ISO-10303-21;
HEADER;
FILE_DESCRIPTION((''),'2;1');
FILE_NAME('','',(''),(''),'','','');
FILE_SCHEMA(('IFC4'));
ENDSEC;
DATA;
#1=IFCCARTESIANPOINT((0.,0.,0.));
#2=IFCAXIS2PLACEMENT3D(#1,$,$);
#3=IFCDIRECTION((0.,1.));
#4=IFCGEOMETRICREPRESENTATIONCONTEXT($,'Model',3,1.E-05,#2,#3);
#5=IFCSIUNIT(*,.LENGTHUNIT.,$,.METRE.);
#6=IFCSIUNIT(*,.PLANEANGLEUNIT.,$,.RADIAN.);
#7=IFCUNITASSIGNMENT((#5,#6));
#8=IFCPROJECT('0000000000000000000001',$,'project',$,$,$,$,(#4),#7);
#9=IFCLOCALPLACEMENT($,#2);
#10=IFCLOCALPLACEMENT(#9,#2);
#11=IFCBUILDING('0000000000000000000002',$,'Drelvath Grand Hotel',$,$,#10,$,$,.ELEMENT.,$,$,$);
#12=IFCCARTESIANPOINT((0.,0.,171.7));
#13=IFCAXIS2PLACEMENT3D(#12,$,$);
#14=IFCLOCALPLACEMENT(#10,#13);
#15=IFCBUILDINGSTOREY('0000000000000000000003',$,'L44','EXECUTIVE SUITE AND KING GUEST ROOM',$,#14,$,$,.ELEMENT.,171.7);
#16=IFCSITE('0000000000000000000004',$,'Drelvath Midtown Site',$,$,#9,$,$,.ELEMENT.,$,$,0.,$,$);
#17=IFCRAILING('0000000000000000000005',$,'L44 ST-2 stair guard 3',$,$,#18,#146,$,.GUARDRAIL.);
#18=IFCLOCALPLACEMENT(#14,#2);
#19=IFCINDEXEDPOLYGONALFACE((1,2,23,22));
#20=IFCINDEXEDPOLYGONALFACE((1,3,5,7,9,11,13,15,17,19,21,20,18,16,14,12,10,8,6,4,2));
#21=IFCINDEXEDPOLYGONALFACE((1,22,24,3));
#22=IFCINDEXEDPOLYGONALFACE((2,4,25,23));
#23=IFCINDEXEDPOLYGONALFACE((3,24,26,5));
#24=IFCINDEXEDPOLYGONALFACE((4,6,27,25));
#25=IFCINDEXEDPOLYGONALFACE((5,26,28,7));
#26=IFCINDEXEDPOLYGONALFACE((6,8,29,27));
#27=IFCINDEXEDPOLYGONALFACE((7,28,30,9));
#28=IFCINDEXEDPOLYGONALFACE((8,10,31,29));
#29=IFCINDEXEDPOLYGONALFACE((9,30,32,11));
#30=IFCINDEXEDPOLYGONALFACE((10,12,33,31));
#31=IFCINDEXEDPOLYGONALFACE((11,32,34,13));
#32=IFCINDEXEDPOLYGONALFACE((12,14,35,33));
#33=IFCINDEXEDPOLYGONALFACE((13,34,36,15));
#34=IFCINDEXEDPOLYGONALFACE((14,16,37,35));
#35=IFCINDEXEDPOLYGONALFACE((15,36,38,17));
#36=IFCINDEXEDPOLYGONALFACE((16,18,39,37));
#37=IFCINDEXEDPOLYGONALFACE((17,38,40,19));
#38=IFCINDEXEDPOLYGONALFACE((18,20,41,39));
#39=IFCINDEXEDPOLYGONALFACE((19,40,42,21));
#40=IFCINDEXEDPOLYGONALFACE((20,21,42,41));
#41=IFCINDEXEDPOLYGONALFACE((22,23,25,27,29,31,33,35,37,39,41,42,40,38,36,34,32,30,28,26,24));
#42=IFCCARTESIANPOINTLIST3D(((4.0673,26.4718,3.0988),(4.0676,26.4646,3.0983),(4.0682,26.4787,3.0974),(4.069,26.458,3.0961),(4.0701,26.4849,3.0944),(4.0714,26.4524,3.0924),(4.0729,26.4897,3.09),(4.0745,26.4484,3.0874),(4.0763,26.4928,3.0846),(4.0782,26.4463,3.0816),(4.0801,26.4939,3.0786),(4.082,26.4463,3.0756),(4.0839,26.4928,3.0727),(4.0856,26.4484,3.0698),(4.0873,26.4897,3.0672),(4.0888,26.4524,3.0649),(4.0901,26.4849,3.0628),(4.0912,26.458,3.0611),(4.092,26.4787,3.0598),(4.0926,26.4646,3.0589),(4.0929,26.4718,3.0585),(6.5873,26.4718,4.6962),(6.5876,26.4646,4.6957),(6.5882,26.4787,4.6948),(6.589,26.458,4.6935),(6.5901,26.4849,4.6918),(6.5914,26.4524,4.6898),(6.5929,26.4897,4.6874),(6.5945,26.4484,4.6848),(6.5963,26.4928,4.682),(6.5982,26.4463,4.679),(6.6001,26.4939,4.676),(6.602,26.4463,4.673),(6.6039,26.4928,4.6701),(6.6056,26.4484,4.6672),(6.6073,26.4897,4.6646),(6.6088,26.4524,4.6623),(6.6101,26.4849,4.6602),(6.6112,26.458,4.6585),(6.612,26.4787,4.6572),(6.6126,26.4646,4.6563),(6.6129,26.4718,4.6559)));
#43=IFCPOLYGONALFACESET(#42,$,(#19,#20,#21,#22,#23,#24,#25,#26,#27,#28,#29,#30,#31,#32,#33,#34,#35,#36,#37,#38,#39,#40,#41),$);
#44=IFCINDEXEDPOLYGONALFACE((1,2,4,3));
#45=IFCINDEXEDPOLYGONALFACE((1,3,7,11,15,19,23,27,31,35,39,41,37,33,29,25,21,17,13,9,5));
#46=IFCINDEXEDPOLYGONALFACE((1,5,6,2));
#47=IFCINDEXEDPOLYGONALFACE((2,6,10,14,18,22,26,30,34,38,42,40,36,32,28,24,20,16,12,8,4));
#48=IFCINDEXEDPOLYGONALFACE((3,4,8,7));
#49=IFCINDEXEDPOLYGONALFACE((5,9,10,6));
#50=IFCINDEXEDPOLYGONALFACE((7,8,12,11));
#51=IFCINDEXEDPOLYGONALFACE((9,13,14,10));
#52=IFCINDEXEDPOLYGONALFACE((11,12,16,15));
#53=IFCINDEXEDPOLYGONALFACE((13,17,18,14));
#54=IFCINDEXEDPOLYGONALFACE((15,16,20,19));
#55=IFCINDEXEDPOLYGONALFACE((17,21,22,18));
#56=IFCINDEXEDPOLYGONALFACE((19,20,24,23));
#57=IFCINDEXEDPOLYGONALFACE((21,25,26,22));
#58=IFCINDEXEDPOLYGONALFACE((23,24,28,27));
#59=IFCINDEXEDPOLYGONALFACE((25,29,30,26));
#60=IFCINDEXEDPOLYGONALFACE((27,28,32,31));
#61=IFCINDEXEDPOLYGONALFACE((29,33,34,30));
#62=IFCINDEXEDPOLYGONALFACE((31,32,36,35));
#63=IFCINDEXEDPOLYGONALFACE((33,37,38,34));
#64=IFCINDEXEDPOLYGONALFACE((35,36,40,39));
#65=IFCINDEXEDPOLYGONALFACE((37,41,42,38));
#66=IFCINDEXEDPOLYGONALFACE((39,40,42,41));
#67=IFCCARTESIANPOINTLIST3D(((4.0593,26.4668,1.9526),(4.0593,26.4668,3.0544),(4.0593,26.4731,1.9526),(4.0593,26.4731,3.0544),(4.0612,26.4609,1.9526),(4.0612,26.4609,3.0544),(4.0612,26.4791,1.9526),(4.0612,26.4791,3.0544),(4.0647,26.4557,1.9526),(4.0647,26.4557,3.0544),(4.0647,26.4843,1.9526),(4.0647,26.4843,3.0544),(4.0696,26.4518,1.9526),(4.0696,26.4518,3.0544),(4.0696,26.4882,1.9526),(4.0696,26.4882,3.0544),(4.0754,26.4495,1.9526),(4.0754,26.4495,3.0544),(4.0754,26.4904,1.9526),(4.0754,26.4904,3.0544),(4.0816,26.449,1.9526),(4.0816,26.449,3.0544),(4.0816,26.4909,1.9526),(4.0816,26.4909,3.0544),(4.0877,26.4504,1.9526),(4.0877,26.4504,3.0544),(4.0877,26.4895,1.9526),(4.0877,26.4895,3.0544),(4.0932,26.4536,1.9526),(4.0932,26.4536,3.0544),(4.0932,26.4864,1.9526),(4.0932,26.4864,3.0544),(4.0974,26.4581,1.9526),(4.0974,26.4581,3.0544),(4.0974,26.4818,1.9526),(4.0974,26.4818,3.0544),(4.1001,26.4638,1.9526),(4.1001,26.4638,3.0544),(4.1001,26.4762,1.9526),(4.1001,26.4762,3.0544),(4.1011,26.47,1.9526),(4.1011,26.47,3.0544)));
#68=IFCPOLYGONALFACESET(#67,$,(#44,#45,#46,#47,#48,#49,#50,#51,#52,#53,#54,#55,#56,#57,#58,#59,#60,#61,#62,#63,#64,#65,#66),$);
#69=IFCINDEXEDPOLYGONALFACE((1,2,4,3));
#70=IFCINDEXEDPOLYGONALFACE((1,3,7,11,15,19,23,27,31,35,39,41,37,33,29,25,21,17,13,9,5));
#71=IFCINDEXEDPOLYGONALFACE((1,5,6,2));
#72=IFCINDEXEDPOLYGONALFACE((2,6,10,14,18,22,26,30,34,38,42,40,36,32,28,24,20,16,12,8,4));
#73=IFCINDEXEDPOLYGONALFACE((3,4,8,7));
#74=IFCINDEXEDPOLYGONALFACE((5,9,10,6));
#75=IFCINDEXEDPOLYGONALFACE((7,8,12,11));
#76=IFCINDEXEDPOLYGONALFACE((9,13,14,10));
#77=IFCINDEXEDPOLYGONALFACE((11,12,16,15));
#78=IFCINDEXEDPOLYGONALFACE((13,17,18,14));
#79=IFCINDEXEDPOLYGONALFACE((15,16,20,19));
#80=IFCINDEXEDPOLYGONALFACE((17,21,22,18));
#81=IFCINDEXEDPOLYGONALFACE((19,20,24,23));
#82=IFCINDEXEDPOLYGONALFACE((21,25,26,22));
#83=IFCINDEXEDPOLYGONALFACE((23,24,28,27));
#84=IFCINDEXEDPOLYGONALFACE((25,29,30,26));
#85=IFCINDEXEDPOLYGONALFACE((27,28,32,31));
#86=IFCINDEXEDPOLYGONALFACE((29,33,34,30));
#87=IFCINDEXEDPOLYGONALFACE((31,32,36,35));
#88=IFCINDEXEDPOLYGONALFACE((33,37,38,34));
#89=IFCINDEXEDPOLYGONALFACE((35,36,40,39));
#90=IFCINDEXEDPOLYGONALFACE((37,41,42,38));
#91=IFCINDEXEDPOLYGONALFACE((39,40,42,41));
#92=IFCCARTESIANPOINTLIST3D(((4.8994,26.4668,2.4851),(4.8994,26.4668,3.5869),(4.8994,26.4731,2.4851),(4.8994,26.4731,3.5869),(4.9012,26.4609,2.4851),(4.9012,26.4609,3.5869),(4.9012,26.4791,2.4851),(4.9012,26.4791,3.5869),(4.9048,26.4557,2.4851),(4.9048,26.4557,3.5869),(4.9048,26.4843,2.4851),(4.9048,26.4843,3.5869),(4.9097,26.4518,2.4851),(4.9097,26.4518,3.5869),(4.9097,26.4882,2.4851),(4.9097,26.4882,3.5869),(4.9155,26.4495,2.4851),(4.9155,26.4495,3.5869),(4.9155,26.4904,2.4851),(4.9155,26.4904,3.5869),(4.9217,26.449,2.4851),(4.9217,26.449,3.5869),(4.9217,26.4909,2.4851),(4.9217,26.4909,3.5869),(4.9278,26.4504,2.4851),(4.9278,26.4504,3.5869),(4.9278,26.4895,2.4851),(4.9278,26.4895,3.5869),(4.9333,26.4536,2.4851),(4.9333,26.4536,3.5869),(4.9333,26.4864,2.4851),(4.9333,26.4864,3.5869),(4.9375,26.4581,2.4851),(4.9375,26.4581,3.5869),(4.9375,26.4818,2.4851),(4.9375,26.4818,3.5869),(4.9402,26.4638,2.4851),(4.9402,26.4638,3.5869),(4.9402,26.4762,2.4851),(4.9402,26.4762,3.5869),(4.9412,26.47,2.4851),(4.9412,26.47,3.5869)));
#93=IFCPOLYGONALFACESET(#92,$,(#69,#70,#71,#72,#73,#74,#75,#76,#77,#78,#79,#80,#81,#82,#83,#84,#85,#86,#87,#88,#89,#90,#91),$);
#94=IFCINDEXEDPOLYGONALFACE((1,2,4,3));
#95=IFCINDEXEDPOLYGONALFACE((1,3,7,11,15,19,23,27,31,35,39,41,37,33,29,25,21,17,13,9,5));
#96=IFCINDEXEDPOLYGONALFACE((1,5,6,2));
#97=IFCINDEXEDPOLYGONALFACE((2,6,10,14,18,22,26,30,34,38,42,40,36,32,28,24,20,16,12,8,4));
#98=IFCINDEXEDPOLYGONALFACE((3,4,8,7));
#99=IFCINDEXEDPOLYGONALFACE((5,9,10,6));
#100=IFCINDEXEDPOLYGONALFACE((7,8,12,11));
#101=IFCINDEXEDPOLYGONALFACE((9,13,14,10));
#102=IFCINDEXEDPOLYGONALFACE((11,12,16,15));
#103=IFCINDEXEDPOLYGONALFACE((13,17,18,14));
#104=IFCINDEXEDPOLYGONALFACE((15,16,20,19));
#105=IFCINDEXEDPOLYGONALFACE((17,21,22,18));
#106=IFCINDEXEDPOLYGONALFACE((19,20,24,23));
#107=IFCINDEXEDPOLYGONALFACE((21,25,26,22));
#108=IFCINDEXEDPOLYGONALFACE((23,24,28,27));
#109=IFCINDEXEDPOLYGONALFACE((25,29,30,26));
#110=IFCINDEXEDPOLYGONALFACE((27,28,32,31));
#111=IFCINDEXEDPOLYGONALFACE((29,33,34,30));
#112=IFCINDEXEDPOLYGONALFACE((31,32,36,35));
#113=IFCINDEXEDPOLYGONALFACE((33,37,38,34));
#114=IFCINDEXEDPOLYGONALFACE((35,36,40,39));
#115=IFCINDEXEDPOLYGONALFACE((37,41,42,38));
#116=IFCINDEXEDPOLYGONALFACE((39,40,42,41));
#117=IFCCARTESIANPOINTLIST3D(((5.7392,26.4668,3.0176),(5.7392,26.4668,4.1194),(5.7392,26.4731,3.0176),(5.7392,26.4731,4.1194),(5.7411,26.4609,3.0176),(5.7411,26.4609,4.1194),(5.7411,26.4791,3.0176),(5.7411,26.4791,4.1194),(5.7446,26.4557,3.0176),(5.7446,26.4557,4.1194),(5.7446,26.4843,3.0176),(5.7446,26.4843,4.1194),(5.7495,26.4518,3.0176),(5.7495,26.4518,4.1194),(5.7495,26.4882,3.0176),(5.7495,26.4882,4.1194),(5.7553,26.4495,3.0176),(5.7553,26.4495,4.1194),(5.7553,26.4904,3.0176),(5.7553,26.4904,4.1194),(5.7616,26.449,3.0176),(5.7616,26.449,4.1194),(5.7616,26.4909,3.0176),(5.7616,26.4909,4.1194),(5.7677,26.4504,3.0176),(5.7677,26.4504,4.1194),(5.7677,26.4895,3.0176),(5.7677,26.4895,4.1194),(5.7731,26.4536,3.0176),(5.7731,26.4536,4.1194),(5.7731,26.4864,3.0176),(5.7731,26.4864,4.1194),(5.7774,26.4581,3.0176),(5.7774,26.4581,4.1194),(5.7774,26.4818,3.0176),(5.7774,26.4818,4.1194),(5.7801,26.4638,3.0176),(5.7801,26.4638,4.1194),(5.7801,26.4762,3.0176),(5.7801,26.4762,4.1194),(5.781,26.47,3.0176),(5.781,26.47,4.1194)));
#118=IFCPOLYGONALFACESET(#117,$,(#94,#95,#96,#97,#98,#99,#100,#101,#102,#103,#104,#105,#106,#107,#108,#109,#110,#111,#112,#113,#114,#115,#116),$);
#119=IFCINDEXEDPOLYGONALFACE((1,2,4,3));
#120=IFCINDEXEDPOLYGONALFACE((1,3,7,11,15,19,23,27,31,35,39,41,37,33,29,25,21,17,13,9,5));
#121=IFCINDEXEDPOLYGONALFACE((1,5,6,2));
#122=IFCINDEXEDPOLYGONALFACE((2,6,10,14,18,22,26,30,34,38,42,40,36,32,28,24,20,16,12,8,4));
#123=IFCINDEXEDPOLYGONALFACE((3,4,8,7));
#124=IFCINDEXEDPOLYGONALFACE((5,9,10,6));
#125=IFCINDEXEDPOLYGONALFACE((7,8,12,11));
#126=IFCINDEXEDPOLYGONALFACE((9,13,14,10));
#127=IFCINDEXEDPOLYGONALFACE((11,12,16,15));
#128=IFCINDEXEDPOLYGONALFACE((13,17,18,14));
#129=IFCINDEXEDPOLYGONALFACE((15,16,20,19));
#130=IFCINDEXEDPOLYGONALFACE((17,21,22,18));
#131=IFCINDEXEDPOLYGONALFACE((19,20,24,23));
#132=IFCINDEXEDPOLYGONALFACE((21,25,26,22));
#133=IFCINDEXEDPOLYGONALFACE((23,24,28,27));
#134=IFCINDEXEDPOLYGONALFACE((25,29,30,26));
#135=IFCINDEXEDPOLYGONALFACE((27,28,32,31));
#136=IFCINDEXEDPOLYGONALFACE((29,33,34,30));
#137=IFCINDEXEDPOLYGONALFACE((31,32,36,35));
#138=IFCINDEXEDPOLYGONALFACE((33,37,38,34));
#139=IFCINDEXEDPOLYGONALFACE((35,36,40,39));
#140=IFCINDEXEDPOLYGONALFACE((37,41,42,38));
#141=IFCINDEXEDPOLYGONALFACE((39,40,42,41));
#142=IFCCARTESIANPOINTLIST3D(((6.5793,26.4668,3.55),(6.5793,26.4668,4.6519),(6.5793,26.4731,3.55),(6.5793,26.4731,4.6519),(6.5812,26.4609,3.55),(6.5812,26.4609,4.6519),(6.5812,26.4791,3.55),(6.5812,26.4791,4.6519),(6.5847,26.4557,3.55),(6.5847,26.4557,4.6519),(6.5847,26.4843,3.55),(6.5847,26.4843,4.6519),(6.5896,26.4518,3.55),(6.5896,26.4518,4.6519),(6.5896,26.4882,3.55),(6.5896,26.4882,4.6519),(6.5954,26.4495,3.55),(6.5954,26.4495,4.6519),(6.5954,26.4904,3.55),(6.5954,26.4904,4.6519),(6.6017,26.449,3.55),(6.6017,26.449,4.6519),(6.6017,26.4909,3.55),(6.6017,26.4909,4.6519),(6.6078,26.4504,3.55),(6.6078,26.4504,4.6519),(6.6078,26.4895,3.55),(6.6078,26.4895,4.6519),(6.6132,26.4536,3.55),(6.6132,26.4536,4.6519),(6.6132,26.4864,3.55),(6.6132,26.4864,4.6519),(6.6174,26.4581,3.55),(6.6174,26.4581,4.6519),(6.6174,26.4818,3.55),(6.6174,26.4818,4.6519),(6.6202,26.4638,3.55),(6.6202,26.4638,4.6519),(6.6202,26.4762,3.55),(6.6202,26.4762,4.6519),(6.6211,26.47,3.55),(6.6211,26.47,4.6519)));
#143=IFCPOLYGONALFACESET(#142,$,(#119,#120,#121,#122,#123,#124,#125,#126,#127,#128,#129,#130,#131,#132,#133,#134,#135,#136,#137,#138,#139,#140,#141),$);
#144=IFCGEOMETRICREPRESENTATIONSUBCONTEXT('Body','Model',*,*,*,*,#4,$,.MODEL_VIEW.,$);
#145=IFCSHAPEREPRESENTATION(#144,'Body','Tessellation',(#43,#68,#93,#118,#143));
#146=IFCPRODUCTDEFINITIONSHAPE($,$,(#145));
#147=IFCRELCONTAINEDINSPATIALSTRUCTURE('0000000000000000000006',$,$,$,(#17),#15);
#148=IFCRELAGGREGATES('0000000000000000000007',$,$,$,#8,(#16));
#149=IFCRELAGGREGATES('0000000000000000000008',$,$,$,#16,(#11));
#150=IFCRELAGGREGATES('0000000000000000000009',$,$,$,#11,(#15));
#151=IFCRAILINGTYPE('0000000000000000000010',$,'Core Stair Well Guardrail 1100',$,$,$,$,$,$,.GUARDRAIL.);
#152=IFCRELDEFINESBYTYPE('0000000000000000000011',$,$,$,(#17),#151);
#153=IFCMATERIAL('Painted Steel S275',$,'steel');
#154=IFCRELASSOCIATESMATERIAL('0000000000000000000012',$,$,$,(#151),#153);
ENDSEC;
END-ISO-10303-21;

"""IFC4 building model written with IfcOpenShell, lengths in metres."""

from ifc_helpers import new_model, si_unit, direction, frame, origin, origin_2d, place, context, subcontext, project, spatial, circle, extrude, material, type_object, element, save


model = new_model("IFC4")

# Units and contexts
model_context = context("Model", 3, precision=1e-05, world=origin(), true_north=direction((0.0, 1.0)))
body_context = subcontext(model_context, "Body", "Model", "MODEL_VIEW")
ifc_project = project(units=[si_unit("LENGTHUNIT", "METRE"), si_unit("PLANEANGLEUNIT", "RADIAN")], contexts=[model_context])

# Site, building, storey
site_placement = place(None, origin())
site = spatial("IfcSite", under=ifc_project, at=site_placement, Name="Drelvath Midtown Site", CompositionType="ELEMENT", RefElevation=0.0)
building_placement = place(site_placement, origin())
building = spatial("IfcBuilding", under=site, at=building_placement, Name="Drelvath Grand Hotel", CompositionType="ELEMENT")
storey_placement = place(building_placement, frame((0.0, 0.0, 171.7)))
storey = spatial("IfcBuildingStorey", under=building, at=storey_placement, Name="L44", Description="EXECUTIVE SUITE AND KING GUEST ROOM", CompositionType="ELEMENT", Elevation=171.7)

# Shared definitions
ifc_material_1 = material(Name="Painted Steel S275", Category="steel")

# Railing
railing_type_1 = type_object("IfcRailingType", Name="Core Stair Well Guardrail 1100", PredefinedType="GUARDRAIL", material=ifc_material_1)
railing_1_placement = place(storey_placement, frame((4.0801, 26.47, 1.9526)))
element("IfcRailing", 1, at=railing_1_placement, inside=storey, type_object=railing_type_1, Name="L44 ST-2 stair guard 3", PredefinedType="GUARDRAIL", context=body_context, shape_type="SweptSolid", body=[
    extrude(circle(Radius=0.0239, at=origin_2d()), frame((0.0, 0.0, 1.126), z_axis=(0.844607, 0.0, 0.535387), x_axis=(0.0, 1.0, 0.0)), (0.0, 0.0, 1.0), 2.9836),
    extrude(circle(Radius=0.021, at=origin_2d()), origin(), (0.0, 0.0, 1.0), 1.1018),
    extrude(circle(Radius=0.021, at=origin_2d()), frame((0.8401, 0.0, 0.5325)), (0.0, 0.0, 1.0), 1.1018),
    extrude(circle(Radius=0.021, at=origin_2d()), frame((1.6799, 0.0, 1.0649)), (0.0, 0.0, 1.0), 1.1018),
    extrude(circle(Radius=0.021, at=origin_2d()), frame((2.52, 0.0, 1.5974)), (0.0, 0.0, 1.0), 1.1018),
])

save(model, "model.ifc")
